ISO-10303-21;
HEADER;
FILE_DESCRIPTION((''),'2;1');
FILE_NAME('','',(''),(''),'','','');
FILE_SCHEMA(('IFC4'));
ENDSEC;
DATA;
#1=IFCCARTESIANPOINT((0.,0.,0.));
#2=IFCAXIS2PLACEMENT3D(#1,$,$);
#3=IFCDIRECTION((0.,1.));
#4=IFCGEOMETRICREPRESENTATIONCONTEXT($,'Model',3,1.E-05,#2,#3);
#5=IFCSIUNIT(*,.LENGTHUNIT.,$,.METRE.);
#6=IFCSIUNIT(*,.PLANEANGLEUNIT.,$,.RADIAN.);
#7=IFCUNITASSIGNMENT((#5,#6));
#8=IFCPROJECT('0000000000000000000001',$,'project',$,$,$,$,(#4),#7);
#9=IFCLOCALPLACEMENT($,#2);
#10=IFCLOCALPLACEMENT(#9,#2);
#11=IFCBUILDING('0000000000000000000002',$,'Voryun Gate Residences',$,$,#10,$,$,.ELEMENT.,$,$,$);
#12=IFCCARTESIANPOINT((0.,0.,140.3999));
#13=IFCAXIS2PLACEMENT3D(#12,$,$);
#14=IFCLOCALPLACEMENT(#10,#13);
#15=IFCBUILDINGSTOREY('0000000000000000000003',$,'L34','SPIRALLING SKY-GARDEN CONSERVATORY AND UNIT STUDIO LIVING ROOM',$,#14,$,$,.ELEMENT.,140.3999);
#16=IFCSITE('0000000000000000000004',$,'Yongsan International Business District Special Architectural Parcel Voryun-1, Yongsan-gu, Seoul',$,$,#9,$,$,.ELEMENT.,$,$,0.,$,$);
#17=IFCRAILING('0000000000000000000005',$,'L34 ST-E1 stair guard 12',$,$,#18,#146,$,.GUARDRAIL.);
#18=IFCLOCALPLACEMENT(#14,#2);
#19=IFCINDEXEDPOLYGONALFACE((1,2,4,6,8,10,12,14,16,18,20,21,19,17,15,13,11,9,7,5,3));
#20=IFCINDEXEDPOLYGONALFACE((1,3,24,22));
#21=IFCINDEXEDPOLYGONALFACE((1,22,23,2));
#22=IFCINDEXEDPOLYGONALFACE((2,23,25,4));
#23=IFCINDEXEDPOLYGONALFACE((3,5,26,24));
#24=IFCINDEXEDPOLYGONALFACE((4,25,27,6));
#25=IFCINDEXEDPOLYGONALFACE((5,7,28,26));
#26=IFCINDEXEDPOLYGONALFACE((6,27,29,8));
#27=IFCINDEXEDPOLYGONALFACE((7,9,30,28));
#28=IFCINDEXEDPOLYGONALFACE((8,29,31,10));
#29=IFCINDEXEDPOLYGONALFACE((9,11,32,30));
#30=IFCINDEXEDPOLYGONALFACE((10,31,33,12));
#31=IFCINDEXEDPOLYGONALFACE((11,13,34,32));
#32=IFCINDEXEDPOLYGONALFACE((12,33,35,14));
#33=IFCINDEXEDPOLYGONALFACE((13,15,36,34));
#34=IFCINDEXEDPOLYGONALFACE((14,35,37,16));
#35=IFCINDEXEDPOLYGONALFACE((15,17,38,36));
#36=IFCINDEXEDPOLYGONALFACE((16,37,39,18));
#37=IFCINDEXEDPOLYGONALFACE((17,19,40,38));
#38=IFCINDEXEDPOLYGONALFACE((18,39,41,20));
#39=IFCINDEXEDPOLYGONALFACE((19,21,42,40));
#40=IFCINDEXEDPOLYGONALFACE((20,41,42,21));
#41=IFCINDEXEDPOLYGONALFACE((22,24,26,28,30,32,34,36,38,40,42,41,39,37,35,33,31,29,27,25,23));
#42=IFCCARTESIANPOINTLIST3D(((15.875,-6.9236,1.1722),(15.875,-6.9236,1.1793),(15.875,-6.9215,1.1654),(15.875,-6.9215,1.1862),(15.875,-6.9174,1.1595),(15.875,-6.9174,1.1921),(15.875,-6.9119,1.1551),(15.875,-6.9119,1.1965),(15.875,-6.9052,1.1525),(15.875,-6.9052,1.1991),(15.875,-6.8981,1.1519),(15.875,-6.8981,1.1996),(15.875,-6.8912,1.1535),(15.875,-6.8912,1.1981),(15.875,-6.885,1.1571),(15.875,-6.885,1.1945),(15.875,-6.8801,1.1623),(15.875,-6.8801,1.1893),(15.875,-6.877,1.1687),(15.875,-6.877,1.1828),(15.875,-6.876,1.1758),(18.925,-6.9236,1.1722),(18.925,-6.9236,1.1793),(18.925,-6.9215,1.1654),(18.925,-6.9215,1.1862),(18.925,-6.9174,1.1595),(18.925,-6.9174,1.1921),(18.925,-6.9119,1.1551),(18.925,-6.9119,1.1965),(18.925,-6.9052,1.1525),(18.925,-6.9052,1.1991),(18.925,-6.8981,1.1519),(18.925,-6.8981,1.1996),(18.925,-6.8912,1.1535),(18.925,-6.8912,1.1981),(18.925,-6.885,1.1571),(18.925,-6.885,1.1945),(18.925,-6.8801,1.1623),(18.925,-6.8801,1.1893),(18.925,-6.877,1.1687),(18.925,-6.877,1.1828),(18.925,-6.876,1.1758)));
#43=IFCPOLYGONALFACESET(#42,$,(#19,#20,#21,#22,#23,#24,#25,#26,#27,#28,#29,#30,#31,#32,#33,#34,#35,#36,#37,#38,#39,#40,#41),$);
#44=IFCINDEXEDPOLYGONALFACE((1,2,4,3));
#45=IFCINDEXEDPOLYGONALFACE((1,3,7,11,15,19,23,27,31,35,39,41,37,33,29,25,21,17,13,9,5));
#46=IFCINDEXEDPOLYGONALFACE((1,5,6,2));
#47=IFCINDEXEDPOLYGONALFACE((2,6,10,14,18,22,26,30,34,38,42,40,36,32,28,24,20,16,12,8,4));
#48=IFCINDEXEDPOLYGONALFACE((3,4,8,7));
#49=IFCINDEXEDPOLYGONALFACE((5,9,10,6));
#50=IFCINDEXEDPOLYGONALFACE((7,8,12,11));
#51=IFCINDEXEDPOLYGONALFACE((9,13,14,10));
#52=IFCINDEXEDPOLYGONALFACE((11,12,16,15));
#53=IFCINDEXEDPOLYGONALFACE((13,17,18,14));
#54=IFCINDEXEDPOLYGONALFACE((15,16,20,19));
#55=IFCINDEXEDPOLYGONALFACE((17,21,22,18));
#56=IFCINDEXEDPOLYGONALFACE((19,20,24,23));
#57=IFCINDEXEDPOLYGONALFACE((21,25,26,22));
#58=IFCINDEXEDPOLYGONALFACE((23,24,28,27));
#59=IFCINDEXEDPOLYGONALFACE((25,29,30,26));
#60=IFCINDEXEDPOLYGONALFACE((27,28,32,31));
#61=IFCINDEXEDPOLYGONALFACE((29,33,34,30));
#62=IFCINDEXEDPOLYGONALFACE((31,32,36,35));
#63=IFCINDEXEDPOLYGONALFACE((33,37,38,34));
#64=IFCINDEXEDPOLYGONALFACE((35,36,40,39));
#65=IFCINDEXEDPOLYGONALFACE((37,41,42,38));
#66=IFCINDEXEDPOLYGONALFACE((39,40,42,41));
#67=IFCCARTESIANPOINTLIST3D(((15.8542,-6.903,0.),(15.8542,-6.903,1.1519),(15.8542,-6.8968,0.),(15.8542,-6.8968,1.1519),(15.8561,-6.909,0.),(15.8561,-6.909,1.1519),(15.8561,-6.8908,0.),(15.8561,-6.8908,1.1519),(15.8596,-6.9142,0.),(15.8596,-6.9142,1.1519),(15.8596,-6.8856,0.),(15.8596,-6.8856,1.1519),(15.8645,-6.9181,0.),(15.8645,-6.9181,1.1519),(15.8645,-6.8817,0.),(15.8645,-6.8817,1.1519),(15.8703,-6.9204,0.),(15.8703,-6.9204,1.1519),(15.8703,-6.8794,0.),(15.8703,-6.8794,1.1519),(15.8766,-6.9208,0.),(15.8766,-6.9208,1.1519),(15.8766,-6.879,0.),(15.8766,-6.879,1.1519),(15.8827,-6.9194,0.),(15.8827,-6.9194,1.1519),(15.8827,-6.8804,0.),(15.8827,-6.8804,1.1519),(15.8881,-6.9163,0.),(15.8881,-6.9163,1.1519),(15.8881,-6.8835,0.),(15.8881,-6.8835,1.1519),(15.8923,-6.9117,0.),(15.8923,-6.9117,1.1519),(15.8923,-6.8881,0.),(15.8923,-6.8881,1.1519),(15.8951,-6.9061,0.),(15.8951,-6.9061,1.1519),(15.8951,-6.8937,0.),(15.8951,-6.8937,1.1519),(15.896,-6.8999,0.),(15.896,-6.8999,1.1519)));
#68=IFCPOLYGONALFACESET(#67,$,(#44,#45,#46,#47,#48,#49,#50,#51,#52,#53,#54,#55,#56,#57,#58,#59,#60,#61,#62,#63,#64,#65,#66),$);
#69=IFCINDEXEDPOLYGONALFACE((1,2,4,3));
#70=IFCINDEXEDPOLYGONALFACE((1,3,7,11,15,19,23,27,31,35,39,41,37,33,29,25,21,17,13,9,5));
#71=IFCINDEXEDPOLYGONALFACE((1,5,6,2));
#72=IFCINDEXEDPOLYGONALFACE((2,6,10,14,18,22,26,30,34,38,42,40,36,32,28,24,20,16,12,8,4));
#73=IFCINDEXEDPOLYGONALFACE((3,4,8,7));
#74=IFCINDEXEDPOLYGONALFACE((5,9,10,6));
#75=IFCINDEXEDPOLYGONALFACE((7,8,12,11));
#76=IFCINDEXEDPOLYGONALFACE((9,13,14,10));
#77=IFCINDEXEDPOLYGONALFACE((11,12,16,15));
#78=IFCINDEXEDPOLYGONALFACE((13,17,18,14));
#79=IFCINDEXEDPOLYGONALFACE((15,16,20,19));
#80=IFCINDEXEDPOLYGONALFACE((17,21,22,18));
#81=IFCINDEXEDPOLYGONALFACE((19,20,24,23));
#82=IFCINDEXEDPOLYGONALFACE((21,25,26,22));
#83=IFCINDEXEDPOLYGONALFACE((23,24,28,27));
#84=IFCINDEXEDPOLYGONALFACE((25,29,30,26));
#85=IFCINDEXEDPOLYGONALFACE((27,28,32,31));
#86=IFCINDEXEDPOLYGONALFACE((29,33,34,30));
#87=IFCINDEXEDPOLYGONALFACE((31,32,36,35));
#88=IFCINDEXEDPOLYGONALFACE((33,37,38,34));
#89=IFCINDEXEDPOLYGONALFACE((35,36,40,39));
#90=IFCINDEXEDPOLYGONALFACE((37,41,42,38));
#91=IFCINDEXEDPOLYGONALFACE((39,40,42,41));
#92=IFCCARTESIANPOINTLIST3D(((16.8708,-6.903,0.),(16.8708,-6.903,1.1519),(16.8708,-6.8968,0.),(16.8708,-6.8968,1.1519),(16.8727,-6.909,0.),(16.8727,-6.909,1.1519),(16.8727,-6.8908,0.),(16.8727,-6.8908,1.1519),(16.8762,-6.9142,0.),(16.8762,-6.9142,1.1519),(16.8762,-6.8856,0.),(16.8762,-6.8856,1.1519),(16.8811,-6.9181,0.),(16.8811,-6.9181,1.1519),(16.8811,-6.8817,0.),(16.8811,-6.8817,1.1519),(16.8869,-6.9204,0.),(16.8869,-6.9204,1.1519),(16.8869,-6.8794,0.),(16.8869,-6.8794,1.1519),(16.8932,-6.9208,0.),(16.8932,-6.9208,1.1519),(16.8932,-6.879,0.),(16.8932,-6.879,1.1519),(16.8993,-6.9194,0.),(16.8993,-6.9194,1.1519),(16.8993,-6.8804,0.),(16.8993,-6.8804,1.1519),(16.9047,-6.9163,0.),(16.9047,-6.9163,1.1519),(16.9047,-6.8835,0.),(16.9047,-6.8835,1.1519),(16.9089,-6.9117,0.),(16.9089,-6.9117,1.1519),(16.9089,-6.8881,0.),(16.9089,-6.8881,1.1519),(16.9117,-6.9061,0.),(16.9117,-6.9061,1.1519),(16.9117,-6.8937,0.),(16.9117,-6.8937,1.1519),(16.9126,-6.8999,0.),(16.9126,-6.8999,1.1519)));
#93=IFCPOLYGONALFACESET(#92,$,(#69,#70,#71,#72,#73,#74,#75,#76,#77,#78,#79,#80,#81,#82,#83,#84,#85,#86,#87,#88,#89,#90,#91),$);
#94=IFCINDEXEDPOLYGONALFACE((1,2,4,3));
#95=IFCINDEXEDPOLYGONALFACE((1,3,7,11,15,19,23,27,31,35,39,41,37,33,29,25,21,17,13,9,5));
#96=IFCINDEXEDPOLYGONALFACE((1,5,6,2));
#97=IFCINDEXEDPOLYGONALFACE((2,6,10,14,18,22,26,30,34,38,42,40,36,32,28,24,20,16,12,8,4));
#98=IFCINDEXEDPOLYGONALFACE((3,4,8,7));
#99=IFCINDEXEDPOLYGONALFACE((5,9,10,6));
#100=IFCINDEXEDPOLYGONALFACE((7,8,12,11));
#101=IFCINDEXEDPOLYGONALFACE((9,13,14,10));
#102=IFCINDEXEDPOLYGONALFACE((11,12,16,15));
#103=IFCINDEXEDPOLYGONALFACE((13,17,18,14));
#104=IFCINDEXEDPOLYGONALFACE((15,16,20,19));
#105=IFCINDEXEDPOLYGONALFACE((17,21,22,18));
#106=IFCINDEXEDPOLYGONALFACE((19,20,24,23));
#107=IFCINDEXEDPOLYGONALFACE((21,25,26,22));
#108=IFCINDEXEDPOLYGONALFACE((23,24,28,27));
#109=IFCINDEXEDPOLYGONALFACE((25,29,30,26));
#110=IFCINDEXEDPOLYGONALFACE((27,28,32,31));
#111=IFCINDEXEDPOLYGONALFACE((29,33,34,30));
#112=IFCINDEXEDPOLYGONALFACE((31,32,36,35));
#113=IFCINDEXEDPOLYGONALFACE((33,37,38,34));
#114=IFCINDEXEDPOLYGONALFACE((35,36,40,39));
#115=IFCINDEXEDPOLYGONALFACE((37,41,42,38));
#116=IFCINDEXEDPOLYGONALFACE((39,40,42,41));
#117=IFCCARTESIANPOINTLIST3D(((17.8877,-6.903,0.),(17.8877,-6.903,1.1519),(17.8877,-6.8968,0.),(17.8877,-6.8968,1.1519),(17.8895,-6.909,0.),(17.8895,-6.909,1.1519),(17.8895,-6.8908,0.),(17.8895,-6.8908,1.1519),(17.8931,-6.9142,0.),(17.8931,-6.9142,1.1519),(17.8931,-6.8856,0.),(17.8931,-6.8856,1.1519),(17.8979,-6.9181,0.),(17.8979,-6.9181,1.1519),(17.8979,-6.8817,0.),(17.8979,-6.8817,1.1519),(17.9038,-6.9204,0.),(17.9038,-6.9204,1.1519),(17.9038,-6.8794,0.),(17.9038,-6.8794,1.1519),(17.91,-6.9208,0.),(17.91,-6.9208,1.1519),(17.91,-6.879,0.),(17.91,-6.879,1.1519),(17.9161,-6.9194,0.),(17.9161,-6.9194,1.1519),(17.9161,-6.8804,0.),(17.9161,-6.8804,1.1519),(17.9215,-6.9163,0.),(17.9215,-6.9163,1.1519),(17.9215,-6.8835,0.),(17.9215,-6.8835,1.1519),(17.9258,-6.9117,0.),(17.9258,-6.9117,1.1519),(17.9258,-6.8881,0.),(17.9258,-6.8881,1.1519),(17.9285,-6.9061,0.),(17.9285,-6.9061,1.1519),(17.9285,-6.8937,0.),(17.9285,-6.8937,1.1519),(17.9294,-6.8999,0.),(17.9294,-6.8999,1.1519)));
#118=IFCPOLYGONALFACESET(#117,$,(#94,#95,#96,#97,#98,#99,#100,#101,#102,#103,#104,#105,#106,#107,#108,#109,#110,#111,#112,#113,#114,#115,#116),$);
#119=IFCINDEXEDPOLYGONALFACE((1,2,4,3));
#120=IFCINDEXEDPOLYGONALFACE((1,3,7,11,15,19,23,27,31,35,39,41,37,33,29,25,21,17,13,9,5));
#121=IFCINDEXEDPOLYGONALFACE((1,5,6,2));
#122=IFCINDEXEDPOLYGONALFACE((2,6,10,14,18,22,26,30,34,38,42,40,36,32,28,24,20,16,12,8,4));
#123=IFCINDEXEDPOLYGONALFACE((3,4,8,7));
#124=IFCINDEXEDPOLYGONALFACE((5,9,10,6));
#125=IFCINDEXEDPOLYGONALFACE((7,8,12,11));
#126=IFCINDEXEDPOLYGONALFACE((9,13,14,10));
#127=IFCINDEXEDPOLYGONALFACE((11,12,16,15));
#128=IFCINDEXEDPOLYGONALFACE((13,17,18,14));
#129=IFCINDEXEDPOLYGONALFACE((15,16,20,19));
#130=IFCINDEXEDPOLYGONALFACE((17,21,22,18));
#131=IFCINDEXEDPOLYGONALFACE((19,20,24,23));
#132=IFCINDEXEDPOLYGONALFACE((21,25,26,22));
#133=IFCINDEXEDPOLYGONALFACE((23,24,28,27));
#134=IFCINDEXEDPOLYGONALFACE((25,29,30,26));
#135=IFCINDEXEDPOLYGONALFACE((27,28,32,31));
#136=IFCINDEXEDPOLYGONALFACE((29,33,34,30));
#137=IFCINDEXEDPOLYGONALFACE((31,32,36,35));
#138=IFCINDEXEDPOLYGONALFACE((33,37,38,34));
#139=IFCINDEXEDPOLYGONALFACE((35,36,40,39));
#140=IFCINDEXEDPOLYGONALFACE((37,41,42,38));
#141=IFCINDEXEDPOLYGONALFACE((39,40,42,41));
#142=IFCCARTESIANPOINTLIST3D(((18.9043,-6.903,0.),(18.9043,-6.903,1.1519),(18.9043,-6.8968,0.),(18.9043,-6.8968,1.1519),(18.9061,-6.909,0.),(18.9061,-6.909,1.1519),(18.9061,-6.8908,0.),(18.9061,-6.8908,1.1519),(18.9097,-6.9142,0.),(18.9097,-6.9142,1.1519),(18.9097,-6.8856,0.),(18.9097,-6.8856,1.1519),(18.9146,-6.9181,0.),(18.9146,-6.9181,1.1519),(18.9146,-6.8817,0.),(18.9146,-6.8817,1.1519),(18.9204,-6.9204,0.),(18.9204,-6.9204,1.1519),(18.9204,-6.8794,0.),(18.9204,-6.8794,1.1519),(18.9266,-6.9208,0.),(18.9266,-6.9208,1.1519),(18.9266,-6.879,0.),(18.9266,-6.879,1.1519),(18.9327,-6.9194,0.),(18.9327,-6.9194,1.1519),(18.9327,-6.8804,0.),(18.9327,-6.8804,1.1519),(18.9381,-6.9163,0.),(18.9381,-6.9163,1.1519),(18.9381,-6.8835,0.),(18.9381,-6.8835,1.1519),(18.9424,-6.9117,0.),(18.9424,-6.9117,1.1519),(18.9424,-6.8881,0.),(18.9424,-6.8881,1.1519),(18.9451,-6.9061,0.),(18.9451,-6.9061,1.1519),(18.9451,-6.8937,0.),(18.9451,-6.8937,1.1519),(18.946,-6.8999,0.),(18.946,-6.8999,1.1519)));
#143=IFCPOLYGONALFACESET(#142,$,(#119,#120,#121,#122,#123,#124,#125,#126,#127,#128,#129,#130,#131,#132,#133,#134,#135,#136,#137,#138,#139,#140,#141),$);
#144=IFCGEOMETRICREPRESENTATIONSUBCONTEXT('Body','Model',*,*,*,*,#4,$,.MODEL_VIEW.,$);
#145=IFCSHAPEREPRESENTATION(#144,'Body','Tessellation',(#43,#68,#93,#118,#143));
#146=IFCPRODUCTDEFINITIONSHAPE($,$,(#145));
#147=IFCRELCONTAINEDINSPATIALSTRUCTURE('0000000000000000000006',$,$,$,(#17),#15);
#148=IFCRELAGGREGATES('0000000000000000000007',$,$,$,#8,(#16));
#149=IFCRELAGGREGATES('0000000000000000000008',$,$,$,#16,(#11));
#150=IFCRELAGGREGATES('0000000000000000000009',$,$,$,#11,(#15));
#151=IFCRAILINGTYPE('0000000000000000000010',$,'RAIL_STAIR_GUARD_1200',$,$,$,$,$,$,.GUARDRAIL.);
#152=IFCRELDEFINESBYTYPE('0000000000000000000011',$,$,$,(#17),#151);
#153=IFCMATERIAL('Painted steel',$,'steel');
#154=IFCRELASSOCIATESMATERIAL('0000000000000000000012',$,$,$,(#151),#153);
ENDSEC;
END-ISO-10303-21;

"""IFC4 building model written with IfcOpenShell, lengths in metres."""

from ifc_helpers import new_model, si_unit, direction, frame, origin, origin_2d, place, context, subcontext, project, spatial, circle, extrude, material, type_object, element, save


model = new_model("IFC4")

# Units and contexts
model_context = context("Model", 3, precision=1e-05, world=origin(), true_north=direction((0.0, 1.0)))
body_context = subcontext(model_context, "Body", "Model", "MODEL_VIEW")
ifc_project = project(units=[si_unit("LENGTHUNIT", "METRE"), si_unit("PLANEANGLEUNIT", "RADIAN")], contexts=[model_context])

# Site, building, storey
site_placement = place(None, origin())
site = spatial("IfcSite", under=ifc_project, at=site_placement, Name="Yongsan International Business District Special Architectural Parcel Voryun-1, Yongsan-gu, Seoul", CompositionType="ELEMENT", RefElevation=0.0)
building_placement = place(site_placement, origin())
building = spatial("IfcBuilding", under=site, at=building_placement, Name="Voryun Gate Residences", CompositionType="ELEMENT")
storey_placement = place(building_placement, frame((0.0, 0.0, 140.3999)))
storey = spatial("IfcBuildingStorey", under=building, at=storey_placement, Name="L34", Description="SPIRALLING SKY-GARDEN CONSERVATORY AND UNIT STUDIO LIVING ROOM", CompositionType="ELEMENT", Elevation=140.3999)

# Railing
ifc_material_1 = material(Name="Painted steel", Category="steel")
railing_type_1 = type_object("IfcRailingType", Name="RAIL_STAIR_GUARD_1200", PredefinedType="GUARDRAIL", material=ifc_material_1)
railing_1_placement = place(storey_placement, frame((15.875, -6.8999, 0.0)))
element("IfcRailing", 1, at=railing_1_placement, inside=storey, type_object=railing_type_1, Name="L34 ST-E1 stair guard 12", PredefinedType="GUARDRAIL", context=body_context, shape_type="SweptSolid", body=[
    extrude(circle(Radius=0.0239, at=origin_2d()), frame((0.0, 0.0, 1.1758), z_axis=(1.0, 0.0, 0.0), x_axis=(0.0, 1.0, 0.0)), (0.0, 0.0, 1.0), 3.05),
    extrude(circle(Radius=0.021, at=origin_2d()), origin(), (0.0, 0.0, 1.0), 1.1519),
    extrude(circle(Radius=0.021, at=origin_2d()), frame((1.0166, 0.0, 0.0)), (0.0, 0.0, 1.0), 1.1519),
    extrude(circle(Radius=0.021, at=origin_2d()), frame((2.0334, 0.0, 0.0)), (0.0, 0.0, 1.0), 1.1519),
    extrude(circle(Radius=0.021, at=origin_2d()), frame((3.05, 0.0, 0.0)), (0.0, 0.0, 1.0), 1.1519),
])

save(model, "model.ifc")
